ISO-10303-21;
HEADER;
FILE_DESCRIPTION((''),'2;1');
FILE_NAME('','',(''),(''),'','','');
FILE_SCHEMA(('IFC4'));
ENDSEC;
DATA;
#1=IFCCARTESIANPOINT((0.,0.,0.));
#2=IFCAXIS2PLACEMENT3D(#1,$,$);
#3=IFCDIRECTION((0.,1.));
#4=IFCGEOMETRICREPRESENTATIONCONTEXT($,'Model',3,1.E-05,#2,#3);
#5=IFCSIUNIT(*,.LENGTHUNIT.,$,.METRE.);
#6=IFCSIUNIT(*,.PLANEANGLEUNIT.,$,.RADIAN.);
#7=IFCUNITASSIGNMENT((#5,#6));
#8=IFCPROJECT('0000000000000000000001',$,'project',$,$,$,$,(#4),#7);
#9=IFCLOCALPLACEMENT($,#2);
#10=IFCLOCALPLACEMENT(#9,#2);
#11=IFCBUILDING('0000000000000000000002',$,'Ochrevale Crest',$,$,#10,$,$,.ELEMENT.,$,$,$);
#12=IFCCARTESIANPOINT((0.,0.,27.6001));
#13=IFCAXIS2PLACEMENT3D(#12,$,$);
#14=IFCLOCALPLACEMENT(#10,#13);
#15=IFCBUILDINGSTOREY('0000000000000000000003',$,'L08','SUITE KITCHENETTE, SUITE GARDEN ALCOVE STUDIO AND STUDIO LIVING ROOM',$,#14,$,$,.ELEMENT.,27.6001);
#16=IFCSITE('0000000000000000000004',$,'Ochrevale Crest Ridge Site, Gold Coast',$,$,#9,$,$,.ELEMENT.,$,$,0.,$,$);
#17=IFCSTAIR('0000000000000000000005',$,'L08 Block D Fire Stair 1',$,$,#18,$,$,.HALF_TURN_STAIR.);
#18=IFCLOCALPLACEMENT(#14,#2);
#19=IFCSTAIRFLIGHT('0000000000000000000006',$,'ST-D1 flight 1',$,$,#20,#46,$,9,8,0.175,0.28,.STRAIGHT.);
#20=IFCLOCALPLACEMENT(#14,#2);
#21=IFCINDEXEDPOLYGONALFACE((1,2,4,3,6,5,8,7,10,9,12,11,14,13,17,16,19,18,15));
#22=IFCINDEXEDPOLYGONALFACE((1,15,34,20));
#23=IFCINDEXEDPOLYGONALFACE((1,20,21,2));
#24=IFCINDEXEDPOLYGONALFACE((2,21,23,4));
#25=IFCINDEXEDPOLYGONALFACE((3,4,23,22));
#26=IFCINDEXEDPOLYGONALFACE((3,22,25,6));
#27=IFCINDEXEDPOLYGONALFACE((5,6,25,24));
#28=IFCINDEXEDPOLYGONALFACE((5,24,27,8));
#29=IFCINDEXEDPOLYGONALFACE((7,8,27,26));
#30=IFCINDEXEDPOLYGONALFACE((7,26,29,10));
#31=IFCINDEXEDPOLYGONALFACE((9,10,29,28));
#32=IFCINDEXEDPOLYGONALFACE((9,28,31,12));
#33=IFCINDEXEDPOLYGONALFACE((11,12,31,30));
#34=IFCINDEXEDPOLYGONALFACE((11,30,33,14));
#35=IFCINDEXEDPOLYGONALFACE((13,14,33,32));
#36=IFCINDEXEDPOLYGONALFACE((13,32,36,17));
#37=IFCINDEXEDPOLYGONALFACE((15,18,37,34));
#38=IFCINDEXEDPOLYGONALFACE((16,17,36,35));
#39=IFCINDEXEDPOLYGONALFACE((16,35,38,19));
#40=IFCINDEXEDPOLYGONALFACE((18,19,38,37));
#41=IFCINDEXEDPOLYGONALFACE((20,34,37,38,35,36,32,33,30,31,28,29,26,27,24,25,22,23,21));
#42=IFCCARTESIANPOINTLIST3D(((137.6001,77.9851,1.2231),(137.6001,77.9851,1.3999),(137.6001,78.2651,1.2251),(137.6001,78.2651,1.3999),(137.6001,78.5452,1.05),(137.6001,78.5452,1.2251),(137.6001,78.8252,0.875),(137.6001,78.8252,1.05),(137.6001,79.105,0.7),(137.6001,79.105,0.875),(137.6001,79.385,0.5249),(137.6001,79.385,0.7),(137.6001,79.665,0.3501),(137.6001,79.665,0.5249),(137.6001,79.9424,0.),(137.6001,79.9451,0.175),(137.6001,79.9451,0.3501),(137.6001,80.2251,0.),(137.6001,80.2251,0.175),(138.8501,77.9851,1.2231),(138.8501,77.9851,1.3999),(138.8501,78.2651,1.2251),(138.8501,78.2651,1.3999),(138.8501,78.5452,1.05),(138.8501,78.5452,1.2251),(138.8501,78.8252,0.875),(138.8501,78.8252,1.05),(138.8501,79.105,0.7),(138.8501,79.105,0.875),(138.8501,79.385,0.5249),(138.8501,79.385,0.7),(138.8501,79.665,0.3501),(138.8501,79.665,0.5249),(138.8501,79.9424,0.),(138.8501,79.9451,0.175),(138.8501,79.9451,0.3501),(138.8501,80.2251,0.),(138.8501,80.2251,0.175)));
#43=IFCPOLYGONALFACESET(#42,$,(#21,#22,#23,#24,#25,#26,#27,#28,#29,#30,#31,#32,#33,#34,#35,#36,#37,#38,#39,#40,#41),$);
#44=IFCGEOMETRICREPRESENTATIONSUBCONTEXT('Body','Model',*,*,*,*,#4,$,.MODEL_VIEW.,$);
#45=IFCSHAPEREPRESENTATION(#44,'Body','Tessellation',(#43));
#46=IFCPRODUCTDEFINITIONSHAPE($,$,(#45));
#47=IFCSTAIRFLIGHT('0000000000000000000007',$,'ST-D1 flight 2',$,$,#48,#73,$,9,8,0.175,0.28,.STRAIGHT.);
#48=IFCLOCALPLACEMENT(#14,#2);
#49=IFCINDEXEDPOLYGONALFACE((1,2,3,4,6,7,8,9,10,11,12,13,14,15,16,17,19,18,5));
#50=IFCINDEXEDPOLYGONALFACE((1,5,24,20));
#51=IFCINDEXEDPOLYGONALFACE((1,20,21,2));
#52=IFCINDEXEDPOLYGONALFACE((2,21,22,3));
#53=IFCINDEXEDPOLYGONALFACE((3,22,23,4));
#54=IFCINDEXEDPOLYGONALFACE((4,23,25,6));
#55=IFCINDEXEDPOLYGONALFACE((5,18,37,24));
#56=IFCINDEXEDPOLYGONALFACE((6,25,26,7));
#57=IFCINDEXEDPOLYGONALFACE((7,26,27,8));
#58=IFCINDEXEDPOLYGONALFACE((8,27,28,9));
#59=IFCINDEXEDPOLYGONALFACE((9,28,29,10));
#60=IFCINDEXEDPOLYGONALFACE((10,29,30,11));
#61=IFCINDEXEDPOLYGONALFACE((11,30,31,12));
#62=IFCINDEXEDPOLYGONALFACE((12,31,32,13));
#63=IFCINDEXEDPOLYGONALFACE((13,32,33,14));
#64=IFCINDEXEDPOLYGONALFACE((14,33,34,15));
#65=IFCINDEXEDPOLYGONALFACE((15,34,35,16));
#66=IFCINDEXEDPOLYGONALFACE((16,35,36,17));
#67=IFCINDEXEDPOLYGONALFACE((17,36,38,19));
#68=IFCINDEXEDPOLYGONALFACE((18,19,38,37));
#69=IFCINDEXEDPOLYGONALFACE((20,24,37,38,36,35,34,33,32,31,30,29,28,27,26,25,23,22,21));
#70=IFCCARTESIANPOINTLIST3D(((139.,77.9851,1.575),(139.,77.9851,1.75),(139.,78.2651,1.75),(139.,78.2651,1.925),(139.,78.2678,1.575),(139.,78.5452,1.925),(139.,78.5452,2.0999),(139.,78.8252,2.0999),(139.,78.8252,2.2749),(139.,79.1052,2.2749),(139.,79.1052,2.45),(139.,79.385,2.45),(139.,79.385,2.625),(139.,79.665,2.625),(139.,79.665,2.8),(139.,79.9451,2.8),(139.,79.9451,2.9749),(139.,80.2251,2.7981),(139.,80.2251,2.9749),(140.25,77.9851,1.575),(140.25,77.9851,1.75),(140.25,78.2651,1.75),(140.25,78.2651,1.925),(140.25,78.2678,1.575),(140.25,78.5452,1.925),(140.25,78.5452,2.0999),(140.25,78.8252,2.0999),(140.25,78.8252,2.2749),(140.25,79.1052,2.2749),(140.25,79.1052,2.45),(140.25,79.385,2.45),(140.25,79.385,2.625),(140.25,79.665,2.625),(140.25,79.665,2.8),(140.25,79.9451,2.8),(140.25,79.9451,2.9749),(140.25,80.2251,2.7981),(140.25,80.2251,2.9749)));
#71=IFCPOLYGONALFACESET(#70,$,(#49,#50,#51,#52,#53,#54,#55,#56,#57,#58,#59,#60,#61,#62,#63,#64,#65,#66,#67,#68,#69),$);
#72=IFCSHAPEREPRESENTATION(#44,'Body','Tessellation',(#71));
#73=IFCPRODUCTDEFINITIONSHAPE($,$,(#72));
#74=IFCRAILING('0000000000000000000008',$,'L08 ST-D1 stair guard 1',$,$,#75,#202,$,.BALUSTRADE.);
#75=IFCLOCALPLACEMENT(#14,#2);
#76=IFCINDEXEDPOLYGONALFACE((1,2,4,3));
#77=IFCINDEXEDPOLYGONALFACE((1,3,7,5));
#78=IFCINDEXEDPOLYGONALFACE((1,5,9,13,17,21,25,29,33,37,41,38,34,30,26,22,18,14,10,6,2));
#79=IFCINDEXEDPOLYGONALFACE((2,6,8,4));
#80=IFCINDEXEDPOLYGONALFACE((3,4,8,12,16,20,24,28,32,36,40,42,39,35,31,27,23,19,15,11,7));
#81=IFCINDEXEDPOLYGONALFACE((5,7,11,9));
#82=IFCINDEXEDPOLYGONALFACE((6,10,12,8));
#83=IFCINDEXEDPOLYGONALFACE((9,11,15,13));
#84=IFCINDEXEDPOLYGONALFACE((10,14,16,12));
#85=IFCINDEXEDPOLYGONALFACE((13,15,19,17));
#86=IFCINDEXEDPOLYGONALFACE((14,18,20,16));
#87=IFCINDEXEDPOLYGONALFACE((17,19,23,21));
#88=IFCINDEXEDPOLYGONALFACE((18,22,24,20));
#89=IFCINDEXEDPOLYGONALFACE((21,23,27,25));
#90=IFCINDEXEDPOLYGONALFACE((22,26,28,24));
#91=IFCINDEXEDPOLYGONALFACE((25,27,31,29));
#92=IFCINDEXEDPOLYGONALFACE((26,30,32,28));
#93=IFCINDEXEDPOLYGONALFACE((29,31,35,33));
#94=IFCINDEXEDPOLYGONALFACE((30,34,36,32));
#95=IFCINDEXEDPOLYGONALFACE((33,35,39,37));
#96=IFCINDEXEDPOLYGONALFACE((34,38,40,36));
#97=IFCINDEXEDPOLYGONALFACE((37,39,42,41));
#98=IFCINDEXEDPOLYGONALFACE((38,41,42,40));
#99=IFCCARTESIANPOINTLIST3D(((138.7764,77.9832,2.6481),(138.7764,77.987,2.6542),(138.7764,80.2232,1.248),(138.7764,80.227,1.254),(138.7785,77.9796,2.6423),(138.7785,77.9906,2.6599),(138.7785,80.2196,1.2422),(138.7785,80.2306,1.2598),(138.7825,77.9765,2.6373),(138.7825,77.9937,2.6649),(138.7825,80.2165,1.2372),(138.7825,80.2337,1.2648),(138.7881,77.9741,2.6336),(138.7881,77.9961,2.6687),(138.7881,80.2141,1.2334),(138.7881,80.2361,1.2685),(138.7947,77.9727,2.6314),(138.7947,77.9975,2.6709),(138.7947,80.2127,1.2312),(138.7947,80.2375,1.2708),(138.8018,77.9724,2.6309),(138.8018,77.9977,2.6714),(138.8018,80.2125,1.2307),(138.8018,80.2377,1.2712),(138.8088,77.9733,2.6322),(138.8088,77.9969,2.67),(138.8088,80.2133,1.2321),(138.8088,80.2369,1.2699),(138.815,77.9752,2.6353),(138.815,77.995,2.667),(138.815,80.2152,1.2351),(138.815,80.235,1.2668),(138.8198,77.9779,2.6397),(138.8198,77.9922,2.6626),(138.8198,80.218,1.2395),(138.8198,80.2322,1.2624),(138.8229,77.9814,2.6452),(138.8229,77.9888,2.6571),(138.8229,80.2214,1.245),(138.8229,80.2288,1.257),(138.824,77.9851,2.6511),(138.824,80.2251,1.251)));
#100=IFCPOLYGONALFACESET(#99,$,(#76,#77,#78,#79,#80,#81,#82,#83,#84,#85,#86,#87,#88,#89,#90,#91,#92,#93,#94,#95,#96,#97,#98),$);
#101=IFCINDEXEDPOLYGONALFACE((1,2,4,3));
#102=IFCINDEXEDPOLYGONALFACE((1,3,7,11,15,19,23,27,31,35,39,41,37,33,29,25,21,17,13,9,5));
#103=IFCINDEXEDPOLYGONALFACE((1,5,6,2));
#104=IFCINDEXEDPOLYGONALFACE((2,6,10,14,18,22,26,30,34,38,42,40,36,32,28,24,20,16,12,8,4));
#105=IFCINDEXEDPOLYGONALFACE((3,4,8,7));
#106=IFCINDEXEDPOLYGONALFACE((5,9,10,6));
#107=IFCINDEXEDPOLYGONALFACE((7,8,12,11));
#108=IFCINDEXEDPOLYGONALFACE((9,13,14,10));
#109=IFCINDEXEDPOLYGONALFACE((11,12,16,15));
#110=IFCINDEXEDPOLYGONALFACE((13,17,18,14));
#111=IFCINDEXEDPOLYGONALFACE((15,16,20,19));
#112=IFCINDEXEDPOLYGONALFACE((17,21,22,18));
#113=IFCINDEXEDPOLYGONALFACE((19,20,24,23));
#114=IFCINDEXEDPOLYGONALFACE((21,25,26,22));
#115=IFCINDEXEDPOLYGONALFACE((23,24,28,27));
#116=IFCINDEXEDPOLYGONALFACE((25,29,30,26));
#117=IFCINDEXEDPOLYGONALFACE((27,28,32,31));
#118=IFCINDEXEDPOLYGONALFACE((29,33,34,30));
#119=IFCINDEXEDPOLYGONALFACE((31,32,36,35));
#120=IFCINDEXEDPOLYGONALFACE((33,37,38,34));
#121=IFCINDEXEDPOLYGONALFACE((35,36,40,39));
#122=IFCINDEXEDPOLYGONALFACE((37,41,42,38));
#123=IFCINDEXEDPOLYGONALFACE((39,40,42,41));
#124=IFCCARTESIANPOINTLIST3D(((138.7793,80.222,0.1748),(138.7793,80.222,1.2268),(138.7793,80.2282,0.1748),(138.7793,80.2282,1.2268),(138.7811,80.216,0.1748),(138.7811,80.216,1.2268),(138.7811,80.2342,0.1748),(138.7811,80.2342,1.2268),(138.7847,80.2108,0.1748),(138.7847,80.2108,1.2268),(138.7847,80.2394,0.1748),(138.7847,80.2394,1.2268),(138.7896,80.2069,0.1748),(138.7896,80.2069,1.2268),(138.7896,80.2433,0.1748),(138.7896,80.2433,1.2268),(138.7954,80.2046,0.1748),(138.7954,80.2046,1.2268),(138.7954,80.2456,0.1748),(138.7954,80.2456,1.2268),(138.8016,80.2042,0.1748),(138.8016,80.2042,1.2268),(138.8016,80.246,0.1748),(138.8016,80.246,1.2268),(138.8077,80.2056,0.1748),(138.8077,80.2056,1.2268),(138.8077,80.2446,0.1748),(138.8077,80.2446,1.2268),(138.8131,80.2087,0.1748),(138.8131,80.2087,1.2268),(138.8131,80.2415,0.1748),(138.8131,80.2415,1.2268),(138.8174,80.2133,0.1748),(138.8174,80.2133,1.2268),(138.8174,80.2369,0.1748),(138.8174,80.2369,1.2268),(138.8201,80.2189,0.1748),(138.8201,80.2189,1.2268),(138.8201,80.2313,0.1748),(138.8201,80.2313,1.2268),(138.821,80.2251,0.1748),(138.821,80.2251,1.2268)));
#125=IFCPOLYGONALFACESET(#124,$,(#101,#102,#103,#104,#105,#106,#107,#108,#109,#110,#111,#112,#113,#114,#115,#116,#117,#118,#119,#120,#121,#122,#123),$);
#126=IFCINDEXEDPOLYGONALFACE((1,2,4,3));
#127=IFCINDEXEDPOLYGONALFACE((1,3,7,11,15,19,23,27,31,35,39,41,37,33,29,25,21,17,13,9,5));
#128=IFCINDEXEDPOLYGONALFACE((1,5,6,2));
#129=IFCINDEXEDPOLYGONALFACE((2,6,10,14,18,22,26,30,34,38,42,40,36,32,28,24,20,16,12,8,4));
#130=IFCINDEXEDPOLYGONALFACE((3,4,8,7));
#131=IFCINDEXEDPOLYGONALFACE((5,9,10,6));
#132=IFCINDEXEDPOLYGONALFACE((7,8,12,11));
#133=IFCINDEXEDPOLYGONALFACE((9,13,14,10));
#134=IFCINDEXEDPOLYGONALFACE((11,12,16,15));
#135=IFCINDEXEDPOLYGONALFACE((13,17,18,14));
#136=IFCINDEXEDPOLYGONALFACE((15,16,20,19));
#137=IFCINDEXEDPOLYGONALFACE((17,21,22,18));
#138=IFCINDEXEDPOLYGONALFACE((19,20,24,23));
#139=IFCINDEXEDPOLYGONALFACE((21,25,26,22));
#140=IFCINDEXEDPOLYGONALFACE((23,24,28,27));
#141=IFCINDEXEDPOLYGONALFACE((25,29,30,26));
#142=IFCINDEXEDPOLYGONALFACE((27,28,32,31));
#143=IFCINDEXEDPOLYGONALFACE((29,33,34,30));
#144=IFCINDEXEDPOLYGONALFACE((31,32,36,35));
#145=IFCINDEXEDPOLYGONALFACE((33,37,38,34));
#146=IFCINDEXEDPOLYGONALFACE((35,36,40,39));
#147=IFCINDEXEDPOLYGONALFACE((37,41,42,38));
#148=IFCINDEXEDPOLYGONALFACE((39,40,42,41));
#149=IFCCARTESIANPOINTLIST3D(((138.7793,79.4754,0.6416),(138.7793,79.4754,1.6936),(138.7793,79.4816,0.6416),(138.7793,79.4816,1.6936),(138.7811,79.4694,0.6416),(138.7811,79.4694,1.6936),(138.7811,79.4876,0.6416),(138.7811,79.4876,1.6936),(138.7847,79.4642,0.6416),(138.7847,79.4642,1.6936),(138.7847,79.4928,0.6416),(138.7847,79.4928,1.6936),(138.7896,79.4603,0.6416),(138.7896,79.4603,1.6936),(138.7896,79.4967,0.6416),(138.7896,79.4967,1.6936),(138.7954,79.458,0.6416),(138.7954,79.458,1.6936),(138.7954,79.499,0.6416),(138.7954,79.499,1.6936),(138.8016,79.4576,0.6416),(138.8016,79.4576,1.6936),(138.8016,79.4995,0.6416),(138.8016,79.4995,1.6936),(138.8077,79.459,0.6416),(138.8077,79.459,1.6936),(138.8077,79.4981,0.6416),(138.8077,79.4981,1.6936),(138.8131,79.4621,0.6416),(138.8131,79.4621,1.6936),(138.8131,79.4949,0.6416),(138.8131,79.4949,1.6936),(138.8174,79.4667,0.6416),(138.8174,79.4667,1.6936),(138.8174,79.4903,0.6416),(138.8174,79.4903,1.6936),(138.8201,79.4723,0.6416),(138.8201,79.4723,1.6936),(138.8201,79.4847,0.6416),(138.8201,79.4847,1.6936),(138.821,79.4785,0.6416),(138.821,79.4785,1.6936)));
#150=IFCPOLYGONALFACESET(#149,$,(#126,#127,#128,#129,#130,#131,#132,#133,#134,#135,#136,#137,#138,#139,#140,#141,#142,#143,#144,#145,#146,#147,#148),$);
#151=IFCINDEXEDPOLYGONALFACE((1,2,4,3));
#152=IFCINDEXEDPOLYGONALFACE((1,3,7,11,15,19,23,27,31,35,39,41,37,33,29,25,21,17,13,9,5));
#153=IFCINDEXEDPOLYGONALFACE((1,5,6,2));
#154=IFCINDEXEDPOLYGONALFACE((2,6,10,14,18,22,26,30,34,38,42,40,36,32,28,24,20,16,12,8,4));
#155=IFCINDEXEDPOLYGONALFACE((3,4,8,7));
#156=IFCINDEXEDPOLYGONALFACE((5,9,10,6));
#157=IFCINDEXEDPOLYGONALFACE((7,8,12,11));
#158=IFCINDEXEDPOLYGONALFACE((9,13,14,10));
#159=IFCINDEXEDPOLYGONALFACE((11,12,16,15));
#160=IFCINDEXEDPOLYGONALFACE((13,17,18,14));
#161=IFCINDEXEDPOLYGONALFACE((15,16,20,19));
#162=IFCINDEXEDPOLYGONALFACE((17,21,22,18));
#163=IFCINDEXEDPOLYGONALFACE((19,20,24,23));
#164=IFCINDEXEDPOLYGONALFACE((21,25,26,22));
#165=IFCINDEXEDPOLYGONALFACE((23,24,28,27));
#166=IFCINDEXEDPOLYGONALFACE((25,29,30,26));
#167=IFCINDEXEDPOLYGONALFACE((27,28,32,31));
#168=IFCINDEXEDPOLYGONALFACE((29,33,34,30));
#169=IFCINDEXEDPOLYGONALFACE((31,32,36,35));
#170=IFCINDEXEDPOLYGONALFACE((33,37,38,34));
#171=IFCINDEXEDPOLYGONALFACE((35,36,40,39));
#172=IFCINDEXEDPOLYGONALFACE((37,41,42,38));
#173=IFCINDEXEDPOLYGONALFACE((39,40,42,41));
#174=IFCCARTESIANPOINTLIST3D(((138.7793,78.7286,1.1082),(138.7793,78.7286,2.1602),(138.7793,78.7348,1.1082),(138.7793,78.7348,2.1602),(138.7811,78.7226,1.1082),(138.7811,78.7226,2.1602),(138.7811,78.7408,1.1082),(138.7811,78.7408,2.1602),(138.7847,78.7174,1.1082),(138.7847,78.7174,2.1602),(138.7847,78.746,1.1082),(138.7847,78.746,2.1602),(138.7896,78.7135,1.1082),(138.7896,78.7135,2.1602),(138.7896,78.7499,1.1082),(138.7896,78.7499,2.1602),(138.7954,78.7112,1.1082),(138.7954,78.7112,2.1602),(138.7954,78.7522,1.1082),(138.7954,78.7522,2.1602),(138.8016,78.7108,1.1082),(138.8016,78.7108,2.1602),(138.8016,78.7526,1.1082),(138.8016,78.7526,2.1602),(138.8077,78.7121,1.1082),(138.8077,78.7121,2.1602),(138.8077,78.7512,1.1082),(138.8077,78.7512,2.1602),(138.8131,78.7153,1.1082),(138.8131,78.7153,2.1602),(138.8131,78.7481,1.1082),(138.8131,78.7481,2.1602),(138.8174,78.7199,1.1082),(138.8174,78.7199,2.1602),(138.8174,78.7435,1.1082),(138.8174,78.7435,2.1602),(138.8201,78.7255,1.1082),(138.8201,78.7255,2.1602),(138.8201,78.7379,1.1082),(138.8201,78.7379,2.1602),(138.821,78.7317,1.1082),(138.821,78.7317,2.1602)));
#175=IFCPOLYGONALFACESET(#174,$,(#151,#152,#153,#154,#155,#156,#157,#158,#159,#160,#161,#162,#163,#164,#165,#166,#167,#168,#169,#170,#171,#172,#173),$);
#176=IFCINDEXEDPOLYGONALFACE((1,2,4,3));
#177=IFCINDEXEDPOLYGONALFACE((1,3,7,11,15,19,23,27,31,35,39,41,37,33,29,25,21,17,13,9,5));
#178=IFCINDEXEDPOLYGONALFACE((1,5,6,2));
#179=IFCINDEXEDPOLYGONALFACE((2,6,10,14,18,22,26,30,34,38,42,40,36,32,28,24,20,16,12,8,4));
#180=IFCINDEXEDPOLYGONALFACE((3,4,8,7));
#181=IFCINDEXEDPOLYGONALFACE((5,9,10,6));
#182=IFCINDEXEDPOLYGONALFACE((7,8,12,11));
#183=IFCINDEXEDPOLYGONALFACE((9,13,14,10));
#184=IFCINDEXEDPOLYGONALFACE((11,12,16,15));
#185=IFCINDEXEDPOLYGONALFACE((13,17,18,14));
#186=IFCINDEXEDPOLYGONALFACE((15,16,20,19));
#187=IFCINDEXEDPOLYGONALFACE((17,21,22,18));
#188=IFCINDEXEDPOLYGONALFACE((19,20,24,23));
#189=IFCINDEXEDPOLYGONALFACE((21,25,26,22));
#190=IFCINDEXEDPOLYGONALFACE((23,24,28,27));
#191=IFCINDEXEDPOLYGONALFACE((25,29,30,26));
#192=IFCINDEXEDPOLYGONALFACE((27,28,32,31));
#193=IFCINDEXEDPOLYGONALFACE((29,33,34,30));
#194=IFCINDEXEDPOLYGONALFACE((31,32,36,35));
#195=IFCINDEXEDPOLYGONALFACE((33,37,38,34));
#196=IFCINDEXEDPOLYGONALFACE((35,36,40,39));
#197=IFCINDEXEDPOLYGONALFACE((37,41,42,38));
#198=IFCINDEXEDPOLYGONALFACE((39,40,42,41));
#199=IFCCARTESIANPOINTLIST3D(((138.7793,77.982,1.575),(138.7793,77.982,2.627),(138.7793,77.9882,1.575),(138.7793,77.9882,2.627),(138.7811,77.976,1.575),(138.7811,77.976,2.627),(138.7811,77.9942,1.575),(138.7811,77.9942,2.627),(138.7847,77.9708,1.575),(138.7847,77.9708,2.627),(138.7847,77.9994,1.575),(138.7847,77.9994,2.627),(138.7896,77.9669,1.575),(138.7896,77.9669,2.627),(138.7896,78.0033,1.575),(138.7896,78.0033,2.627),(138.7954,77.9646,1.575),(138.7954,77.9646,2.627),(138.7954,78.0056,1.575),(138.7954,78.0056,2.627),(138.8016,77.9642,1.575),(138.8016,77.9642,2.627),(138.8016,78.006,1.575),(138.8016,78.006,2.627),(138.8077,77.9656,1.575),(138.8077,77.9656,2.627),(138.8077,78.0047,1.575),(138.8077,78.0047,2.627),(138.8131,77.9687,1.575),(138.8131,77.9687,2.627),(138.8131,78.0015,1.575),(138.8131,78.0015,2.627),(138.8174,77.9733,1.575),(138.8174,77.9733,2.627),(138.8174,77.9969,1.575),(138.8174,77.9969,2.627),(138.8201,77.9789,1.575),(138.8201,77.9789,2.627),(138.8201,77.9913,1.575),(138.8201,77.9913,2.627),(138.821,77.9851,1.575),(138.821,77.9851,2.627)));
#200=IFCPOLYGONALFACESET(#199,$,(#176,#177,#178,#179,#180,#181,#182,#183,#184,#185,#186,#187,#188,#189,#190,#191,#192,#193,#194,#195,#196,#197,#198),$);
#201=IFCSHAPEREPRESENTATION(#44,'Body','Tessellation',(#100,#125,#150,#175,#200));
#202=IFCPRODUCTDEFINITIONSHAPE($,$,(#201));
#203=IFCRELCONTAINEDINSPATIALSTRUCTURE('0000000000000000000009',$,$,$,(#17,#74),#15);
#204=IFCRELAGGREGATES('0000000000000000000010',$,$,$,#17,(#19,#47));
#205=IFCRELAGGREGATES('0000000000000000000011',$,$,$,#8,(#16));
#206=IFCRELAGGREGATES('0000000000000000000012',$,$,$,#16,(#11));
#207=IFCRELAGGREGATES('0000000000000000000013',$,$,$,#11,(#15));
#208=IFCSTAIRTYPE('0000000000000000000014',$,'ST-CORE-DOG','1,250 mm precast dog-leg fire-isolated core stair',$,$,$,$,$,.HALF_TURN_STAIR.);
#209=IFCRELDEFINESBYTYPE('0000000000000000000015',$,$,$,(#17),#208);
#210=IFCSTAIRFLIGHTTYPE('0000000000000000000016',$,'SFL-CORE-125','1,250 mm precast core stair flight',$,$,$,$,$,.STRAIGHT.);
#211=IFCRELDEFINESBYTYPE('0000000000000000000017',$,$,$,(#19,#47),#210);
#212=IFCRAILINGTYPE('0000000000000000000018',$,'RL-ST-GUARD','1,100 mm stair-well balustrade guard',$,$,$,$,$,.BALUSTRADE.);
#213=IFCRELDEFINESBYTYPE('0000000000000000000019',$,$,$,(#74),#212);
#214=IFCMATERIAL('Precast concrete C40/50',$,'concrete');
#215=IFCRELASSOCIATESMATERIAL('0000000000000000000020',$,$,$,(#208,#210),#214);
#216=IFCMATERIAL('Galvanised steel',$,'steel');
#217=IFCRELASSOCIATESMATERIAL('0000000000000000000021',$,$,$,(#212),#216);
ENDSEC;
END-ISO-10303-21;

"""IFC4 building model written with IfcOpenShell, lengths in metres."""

from ifc_helpers import new_model, si_unit, direction, frame, origin, origin_2d, place, context, subcontext, project, spatial, polyline, circle, outline, extrude, material, type_object, element, aggregate, save


model = new_model("IFC4")

# Units and contexts
model_context = context("Model", 3, precision=1e-05, world=origin(), true_north=direction((0.0, 1.0)))
body_context = subcontext(model_context, "Body", "Model", "MODEL_VIEW")
ifc_project = project(units=[si_unit("LENGTHUNIT", "METRE"), si_unit("PLANEANGLEUNIT", "RADIAN")], contexts=[model_context])

# Site, building, storey
site_placement = place(None, origin())
site = spatial("IfcSite", under=ifc_project, at=site_placement, Name="Ochrevale Crest Ridge Site, Gold Coast", CompositionType="ELEMENT", RefElevation=0.0)
building_placement = place(site_placement, origin())
building = spatial("IfcBuilding", under=site, at=building_placement, Name="Ochrevale Crest", CompositionType="ELEMENT")
storey_placement = place(building_placement, frame((0.0, 0.0, 27.6001)))
storey = spatial("IfcBuildingStorey", under=building, at=storey_placement, Name="L08", Description="SUITE KITCHENETTE, SUITE GARDEN ALCOVE STUDIO AND STUDIO LIVING ROOM", CompositionType="ELEMENT", Elevation=27.6001)

# Stair, stair flights
ifc_material_1 = material(Name="Precast concrete C40/50", Category="concrete")
stair_type = type_object("IfcStairType", Name="ST-CORE-DOG", Description="1,250 mm precast dog-leg fire-isolated core stair", PredefinedType="HALF_TURN_STAIR", material=ifc_material_1)
stair_placement = place(storey_placement, origin())
stair = element("IfcStair", 1, at=stair_placement, inside=storey, type_object=stair_type, Name="L08 Block D Fire Stair 1", PredefinedType="HALF_TURN_STAIR")
stair_flight_type = type_object("IfcStairFlightType", Name="SFL-CORE-125", Description="1,250 mm precast core stair flight", PredefinedType="STRAIGHT", material=ifc_material_1)
stair_flight_1_placement = place(storey_placement, frame((138.2251, 80.2251, 0.0), z_axis=(0.0, 0.0, 1.0), x_axis=(0.0, -1.0, 0.0)))
stair_flight_1 = element("IfcStairFlight", 2, at=stair_flight_1_placement, type_object=stair_flight_type, Name="ST-D1 flight 1", NumberOfRisers=9, NumberOfTreads=8, PredefinedType="STRAIGHT", RiserHeight=0.175, TreadLength=0.28, context=body_context, shape_type="SweptSolid", body=[
    extrude(outline(polyline([(0.0, 0.0), (0.0, 0.175), (0.28, 0.175), (0.28, 0.3501), (0.5601, 0.3501), (0.5601, 0.5249), (0.8401, 0.5249), (0.8401, 0.7), (1.1201, 0.7), (1.1201, 0.875), (1.3999, 0.875), (1.3999, 1.05), (1.6799, 1.05), (1.6799, 1.2251), (1.96, 1.2251), (1.96, 1.3999), (2.24, 1.3999), (2.24, 1.575), (2.24, 1.2231), (0.2827, 0.0), (0.0, 0.0)])), frame((0.0, 0.625, 0.0), z_axis=(0.0, -1.0, 0.0), x_axis=(1.0, 0.0, 0.0)), (0.0, 0.0, 1.0), 1.25),
])
stair_flight_2_placement = place(storey_placement, frame((139.625, 77.9851, 1.575), z_axis=(0.0, 0.0, 1.0), x_axis=(0.0, 1.0, 0.0)))
stair_flight_2 = element("IfcStairFlight", 3, at=stair_flight_2_placement, type_object=stair_flight_type, Name="ST-D1 flight 2", NumberOfRisers=9, NumberOfTreads=8, PredefinedType="STRAIGHT", RiserHeight=0.175, TreadLength=0.28, context=body_context, shape_type="SweptSolid", body=[
    extrude(outline(polyline([(0.0, 0.0), (0.0, 0.175), (0.28, 0.175), (0.28, 0.3501), (0.5601, 0.3501), (0.5601, 0.5249), (0.8401, 0.5249), (0.8401, 0.7), (1.1201, 0.7), (1.1201, 0.875), (1.3999, 0.875), (1.3999, 1.05), (1.6799, 1.05), (1.6799, 1.2251), (1.96, 1.2251), (1.96, 1.3999), (2.24, 1.3999), (2.24, 1.575), (2.24, 1.2231), (0.2827, 0.0), (0.0, 0.0)])), frame((0.0, 0.625, 0.0), z_axis=(0.0, -1.0, 0.0), x_axis=(1.0, 0.0, 0.0)), (0.0, 0.0, 1.0), 1.25),
])
aggregate(stair, [stair_flight_1, stair_flight_2])

# Railing
ifc_material_2 = material(Name="Galvanised steel", Category="steel")
railing_type_1 = type_object("IfcRailingType", Name="RL-ST-GUARD", Description="1,100 mm stair-well balustrade guard", PredefinedType="BALUSTRADE", material=ifc_material_2)
railing_1_placement = place(storey_placement, frame((138.8, 80.2251, 0.1748)))
element("IfcRailing", 4, at=railing_1_placement, inside=storey, type_object=railing_type_1, Name="L08 ST-D1 stair guard 1", PredefinedType="BALUSTRADE", context=body_context, shape_type="SweptSolid", body=[
    extrude(circle(Radius=0.0239, at=origin_2d()), frame((0.0, 0.0, 1.0762), z_axis=(0.0, -0.847972, 0.53004), x_axis=(1.0, 0.0, 0.0)), (0.0, 0.0, 1.0), 2.6416),
    extrude(circle(Radius=0.021, at=origin_2d()), origin(), (0.0, 0.0, 1.0), 1.052),
    extrude(circle(Radius=0.021, at=origin_2d()), frame((0.0, -0.7466, 0.4668)), (0.0, 0.0, 1.0), 1.052),
    extrude(circle(Radius=0.021, at=origin_2d()), frame((0.0, -1.4934, 0.9333)), (0.0, 0.0, 1.0), 1.052),
    extrude(circle(Radius=0.021, at=origin_2d()), frame((0.0, -2.24, 1.4001)), (0.0, 0.0, 1.0), 1.052),
])

save(model, "model.ifc")
